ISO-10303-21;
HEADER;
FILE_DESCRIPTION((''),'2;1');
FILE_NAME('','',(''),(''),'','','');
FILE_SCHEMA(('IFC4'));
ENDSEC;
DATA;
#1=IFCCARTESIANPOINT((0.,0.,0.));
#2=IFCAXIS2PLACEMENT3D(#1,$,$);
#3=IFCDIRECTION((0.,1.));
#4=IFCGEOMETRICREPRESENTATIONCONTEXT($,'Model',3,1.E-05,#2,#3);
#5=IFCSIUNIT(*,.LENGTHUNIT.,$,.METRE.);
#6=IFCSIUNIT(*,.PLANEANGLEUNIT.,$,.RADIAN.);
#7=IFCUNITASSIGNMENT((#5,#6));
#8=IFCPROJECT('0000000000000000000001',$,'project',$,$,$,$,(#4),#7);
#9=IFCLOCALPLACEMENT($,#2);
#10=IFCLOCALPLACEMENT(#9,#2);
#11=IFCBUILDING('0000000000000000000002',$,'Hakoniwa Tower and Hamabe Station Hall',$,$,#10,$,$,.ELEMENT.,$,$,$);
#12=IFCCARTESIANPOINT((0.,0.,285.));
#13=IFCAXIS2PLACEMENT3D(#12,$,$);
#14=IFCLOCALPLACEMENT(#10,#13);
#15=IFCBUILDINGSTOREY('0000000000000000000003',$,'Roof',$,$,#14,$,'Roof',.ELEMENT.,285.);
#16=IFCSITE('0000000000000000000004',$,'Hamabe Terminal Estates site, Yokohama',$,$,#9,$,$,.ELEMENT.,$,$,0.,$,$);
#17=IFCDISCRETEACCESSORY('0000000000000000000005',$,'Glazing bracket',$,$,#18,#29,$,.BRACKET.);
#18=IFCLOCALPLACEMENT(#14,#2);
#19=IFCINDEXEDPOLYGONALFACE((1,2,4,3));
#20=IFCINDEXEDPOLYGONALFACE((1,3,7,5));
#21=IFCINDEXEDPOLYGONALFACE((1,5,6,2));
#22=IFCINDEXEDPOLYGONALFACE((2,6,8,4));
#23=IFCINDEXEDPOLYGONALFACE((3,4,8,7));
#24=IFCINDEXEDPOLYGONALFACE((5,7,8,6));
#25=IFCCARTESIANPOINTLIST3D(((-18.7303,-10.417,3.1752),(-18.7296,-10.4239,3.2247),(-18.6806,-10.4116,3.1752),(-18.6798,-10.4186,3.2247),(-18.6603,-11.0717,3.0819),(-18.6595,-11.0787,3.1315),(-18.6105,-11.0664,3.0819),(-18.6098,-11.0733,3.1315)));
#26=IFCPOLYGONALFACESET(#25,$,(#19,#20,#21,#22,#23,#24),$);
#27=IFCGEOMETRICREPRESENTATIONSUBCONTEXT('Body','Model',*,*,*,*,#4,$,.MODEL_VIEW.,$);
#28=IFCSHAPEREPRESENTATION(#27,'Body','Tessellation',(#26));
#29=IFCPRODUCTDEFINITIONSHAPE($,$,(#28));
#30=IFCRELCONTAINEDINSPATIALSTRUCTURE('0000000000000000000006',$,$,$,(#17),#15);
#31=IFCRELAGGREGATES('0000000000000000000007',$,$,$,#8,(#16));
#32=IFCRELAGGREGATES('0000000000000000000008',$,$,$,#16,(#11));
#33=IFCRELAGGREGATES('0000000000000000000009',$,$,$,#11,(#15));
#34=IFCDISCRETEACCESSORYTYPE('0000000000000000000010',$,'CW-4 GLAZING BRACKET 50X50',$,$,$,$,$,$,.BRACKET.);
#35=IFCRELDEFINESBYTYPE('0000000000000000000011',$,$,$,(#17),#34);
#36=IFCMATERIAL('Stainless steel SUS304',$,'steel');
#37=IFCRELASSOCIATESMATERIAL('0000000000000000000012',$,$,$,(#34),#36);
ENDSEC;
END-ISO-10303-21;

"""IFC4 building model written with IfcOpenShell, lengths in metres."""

from ifc_helpers import new_model, si_unit, direction, frame, origin, origin_2d, place, context, subcontext, project, spatial, rectangle, extrude, material, material_profile, profile_set, type_object, element, save


model = new_model("IFC4")

# Units and contexts
model_context = context("Model", 3, precision=1e-05, world=origin(), true_north=direction((0.0, 1.0)))
body_context = subcontext(model_context, "Body", "Model", "MODEL_VIEW")
ifc_project = project(units=[si_unit("LENGTHUNIT", "METRE"), si_unit("PLANEANGLEUNIT", "RADIAN")], contexts=[model_context])

# Site, building, storey
site_placement = place(None, origin())
site = spatial("IfcSite", under=ifc_project, at=site_placement, Name="Hamabe Terminal Estates site, Yokohama", CompositionType="ELEMENT", RefElevation=0.0)
building_placement = place(site_placement, origin())
building = spatial("IfcBuilding", under=site, at=building_placement, Name="Hakoniwa Tower and Hamabe Station Hall", CompositionType="ELEMENT")
storey_placement = place(building_placement, frame((0.0, 0.0, 285.0)))
storey = spatial("IfcBuildingStorey", under=building, at=storey_placement, Name="Roof", LongName="Roof", CompositionType="ELEMENT", Elevation=285.0)

# Discrete accessory
ifc_material_1 = material(Name="Stainless steel SUS304", Category="steel")
ifc_material_profile_1 = material_profile(ifc_material_1, rectangle(XDim=0.05, YDim=0.05, at=origin_2d()), Name="CW-4 GLAZING BRACKET 50X50")
ifc_profile_set_1 = profile_set([ifc_material_profile_1], Name="Stainless steel SUS304")
discrete_accessory_type = type_object("IfcDiscreteAccessoryType", Name="CW-4 GLAZING BRACKET 50X50", PredefinedType="BRACKET", material=ifc_profile_set_1)
discrete_accessory_1_placement = place(storey_placement, frame((-18.635, -11.0725, 3.1067), z_axis=(-0.105351, 0.984499, 0.140223), x_axis=(-0.994323, -0.106402, 0.0)))
element("IfcDiscreteAccessory", 1, at=discrete_accessory_1_placement, inside=storey, type_object=discrete_accessory_type, Name="Glazing bracket", PredefinedType="BRACKET", context=body_context, shape_type="SweptSolid", body=[
    extrude(rectangle(XDim=0.05, YDim=0.05, at=origin_2d()), origin(), (0.0, 0.0, 1.0), 0.665),
])

save(model, "model.ifc")
